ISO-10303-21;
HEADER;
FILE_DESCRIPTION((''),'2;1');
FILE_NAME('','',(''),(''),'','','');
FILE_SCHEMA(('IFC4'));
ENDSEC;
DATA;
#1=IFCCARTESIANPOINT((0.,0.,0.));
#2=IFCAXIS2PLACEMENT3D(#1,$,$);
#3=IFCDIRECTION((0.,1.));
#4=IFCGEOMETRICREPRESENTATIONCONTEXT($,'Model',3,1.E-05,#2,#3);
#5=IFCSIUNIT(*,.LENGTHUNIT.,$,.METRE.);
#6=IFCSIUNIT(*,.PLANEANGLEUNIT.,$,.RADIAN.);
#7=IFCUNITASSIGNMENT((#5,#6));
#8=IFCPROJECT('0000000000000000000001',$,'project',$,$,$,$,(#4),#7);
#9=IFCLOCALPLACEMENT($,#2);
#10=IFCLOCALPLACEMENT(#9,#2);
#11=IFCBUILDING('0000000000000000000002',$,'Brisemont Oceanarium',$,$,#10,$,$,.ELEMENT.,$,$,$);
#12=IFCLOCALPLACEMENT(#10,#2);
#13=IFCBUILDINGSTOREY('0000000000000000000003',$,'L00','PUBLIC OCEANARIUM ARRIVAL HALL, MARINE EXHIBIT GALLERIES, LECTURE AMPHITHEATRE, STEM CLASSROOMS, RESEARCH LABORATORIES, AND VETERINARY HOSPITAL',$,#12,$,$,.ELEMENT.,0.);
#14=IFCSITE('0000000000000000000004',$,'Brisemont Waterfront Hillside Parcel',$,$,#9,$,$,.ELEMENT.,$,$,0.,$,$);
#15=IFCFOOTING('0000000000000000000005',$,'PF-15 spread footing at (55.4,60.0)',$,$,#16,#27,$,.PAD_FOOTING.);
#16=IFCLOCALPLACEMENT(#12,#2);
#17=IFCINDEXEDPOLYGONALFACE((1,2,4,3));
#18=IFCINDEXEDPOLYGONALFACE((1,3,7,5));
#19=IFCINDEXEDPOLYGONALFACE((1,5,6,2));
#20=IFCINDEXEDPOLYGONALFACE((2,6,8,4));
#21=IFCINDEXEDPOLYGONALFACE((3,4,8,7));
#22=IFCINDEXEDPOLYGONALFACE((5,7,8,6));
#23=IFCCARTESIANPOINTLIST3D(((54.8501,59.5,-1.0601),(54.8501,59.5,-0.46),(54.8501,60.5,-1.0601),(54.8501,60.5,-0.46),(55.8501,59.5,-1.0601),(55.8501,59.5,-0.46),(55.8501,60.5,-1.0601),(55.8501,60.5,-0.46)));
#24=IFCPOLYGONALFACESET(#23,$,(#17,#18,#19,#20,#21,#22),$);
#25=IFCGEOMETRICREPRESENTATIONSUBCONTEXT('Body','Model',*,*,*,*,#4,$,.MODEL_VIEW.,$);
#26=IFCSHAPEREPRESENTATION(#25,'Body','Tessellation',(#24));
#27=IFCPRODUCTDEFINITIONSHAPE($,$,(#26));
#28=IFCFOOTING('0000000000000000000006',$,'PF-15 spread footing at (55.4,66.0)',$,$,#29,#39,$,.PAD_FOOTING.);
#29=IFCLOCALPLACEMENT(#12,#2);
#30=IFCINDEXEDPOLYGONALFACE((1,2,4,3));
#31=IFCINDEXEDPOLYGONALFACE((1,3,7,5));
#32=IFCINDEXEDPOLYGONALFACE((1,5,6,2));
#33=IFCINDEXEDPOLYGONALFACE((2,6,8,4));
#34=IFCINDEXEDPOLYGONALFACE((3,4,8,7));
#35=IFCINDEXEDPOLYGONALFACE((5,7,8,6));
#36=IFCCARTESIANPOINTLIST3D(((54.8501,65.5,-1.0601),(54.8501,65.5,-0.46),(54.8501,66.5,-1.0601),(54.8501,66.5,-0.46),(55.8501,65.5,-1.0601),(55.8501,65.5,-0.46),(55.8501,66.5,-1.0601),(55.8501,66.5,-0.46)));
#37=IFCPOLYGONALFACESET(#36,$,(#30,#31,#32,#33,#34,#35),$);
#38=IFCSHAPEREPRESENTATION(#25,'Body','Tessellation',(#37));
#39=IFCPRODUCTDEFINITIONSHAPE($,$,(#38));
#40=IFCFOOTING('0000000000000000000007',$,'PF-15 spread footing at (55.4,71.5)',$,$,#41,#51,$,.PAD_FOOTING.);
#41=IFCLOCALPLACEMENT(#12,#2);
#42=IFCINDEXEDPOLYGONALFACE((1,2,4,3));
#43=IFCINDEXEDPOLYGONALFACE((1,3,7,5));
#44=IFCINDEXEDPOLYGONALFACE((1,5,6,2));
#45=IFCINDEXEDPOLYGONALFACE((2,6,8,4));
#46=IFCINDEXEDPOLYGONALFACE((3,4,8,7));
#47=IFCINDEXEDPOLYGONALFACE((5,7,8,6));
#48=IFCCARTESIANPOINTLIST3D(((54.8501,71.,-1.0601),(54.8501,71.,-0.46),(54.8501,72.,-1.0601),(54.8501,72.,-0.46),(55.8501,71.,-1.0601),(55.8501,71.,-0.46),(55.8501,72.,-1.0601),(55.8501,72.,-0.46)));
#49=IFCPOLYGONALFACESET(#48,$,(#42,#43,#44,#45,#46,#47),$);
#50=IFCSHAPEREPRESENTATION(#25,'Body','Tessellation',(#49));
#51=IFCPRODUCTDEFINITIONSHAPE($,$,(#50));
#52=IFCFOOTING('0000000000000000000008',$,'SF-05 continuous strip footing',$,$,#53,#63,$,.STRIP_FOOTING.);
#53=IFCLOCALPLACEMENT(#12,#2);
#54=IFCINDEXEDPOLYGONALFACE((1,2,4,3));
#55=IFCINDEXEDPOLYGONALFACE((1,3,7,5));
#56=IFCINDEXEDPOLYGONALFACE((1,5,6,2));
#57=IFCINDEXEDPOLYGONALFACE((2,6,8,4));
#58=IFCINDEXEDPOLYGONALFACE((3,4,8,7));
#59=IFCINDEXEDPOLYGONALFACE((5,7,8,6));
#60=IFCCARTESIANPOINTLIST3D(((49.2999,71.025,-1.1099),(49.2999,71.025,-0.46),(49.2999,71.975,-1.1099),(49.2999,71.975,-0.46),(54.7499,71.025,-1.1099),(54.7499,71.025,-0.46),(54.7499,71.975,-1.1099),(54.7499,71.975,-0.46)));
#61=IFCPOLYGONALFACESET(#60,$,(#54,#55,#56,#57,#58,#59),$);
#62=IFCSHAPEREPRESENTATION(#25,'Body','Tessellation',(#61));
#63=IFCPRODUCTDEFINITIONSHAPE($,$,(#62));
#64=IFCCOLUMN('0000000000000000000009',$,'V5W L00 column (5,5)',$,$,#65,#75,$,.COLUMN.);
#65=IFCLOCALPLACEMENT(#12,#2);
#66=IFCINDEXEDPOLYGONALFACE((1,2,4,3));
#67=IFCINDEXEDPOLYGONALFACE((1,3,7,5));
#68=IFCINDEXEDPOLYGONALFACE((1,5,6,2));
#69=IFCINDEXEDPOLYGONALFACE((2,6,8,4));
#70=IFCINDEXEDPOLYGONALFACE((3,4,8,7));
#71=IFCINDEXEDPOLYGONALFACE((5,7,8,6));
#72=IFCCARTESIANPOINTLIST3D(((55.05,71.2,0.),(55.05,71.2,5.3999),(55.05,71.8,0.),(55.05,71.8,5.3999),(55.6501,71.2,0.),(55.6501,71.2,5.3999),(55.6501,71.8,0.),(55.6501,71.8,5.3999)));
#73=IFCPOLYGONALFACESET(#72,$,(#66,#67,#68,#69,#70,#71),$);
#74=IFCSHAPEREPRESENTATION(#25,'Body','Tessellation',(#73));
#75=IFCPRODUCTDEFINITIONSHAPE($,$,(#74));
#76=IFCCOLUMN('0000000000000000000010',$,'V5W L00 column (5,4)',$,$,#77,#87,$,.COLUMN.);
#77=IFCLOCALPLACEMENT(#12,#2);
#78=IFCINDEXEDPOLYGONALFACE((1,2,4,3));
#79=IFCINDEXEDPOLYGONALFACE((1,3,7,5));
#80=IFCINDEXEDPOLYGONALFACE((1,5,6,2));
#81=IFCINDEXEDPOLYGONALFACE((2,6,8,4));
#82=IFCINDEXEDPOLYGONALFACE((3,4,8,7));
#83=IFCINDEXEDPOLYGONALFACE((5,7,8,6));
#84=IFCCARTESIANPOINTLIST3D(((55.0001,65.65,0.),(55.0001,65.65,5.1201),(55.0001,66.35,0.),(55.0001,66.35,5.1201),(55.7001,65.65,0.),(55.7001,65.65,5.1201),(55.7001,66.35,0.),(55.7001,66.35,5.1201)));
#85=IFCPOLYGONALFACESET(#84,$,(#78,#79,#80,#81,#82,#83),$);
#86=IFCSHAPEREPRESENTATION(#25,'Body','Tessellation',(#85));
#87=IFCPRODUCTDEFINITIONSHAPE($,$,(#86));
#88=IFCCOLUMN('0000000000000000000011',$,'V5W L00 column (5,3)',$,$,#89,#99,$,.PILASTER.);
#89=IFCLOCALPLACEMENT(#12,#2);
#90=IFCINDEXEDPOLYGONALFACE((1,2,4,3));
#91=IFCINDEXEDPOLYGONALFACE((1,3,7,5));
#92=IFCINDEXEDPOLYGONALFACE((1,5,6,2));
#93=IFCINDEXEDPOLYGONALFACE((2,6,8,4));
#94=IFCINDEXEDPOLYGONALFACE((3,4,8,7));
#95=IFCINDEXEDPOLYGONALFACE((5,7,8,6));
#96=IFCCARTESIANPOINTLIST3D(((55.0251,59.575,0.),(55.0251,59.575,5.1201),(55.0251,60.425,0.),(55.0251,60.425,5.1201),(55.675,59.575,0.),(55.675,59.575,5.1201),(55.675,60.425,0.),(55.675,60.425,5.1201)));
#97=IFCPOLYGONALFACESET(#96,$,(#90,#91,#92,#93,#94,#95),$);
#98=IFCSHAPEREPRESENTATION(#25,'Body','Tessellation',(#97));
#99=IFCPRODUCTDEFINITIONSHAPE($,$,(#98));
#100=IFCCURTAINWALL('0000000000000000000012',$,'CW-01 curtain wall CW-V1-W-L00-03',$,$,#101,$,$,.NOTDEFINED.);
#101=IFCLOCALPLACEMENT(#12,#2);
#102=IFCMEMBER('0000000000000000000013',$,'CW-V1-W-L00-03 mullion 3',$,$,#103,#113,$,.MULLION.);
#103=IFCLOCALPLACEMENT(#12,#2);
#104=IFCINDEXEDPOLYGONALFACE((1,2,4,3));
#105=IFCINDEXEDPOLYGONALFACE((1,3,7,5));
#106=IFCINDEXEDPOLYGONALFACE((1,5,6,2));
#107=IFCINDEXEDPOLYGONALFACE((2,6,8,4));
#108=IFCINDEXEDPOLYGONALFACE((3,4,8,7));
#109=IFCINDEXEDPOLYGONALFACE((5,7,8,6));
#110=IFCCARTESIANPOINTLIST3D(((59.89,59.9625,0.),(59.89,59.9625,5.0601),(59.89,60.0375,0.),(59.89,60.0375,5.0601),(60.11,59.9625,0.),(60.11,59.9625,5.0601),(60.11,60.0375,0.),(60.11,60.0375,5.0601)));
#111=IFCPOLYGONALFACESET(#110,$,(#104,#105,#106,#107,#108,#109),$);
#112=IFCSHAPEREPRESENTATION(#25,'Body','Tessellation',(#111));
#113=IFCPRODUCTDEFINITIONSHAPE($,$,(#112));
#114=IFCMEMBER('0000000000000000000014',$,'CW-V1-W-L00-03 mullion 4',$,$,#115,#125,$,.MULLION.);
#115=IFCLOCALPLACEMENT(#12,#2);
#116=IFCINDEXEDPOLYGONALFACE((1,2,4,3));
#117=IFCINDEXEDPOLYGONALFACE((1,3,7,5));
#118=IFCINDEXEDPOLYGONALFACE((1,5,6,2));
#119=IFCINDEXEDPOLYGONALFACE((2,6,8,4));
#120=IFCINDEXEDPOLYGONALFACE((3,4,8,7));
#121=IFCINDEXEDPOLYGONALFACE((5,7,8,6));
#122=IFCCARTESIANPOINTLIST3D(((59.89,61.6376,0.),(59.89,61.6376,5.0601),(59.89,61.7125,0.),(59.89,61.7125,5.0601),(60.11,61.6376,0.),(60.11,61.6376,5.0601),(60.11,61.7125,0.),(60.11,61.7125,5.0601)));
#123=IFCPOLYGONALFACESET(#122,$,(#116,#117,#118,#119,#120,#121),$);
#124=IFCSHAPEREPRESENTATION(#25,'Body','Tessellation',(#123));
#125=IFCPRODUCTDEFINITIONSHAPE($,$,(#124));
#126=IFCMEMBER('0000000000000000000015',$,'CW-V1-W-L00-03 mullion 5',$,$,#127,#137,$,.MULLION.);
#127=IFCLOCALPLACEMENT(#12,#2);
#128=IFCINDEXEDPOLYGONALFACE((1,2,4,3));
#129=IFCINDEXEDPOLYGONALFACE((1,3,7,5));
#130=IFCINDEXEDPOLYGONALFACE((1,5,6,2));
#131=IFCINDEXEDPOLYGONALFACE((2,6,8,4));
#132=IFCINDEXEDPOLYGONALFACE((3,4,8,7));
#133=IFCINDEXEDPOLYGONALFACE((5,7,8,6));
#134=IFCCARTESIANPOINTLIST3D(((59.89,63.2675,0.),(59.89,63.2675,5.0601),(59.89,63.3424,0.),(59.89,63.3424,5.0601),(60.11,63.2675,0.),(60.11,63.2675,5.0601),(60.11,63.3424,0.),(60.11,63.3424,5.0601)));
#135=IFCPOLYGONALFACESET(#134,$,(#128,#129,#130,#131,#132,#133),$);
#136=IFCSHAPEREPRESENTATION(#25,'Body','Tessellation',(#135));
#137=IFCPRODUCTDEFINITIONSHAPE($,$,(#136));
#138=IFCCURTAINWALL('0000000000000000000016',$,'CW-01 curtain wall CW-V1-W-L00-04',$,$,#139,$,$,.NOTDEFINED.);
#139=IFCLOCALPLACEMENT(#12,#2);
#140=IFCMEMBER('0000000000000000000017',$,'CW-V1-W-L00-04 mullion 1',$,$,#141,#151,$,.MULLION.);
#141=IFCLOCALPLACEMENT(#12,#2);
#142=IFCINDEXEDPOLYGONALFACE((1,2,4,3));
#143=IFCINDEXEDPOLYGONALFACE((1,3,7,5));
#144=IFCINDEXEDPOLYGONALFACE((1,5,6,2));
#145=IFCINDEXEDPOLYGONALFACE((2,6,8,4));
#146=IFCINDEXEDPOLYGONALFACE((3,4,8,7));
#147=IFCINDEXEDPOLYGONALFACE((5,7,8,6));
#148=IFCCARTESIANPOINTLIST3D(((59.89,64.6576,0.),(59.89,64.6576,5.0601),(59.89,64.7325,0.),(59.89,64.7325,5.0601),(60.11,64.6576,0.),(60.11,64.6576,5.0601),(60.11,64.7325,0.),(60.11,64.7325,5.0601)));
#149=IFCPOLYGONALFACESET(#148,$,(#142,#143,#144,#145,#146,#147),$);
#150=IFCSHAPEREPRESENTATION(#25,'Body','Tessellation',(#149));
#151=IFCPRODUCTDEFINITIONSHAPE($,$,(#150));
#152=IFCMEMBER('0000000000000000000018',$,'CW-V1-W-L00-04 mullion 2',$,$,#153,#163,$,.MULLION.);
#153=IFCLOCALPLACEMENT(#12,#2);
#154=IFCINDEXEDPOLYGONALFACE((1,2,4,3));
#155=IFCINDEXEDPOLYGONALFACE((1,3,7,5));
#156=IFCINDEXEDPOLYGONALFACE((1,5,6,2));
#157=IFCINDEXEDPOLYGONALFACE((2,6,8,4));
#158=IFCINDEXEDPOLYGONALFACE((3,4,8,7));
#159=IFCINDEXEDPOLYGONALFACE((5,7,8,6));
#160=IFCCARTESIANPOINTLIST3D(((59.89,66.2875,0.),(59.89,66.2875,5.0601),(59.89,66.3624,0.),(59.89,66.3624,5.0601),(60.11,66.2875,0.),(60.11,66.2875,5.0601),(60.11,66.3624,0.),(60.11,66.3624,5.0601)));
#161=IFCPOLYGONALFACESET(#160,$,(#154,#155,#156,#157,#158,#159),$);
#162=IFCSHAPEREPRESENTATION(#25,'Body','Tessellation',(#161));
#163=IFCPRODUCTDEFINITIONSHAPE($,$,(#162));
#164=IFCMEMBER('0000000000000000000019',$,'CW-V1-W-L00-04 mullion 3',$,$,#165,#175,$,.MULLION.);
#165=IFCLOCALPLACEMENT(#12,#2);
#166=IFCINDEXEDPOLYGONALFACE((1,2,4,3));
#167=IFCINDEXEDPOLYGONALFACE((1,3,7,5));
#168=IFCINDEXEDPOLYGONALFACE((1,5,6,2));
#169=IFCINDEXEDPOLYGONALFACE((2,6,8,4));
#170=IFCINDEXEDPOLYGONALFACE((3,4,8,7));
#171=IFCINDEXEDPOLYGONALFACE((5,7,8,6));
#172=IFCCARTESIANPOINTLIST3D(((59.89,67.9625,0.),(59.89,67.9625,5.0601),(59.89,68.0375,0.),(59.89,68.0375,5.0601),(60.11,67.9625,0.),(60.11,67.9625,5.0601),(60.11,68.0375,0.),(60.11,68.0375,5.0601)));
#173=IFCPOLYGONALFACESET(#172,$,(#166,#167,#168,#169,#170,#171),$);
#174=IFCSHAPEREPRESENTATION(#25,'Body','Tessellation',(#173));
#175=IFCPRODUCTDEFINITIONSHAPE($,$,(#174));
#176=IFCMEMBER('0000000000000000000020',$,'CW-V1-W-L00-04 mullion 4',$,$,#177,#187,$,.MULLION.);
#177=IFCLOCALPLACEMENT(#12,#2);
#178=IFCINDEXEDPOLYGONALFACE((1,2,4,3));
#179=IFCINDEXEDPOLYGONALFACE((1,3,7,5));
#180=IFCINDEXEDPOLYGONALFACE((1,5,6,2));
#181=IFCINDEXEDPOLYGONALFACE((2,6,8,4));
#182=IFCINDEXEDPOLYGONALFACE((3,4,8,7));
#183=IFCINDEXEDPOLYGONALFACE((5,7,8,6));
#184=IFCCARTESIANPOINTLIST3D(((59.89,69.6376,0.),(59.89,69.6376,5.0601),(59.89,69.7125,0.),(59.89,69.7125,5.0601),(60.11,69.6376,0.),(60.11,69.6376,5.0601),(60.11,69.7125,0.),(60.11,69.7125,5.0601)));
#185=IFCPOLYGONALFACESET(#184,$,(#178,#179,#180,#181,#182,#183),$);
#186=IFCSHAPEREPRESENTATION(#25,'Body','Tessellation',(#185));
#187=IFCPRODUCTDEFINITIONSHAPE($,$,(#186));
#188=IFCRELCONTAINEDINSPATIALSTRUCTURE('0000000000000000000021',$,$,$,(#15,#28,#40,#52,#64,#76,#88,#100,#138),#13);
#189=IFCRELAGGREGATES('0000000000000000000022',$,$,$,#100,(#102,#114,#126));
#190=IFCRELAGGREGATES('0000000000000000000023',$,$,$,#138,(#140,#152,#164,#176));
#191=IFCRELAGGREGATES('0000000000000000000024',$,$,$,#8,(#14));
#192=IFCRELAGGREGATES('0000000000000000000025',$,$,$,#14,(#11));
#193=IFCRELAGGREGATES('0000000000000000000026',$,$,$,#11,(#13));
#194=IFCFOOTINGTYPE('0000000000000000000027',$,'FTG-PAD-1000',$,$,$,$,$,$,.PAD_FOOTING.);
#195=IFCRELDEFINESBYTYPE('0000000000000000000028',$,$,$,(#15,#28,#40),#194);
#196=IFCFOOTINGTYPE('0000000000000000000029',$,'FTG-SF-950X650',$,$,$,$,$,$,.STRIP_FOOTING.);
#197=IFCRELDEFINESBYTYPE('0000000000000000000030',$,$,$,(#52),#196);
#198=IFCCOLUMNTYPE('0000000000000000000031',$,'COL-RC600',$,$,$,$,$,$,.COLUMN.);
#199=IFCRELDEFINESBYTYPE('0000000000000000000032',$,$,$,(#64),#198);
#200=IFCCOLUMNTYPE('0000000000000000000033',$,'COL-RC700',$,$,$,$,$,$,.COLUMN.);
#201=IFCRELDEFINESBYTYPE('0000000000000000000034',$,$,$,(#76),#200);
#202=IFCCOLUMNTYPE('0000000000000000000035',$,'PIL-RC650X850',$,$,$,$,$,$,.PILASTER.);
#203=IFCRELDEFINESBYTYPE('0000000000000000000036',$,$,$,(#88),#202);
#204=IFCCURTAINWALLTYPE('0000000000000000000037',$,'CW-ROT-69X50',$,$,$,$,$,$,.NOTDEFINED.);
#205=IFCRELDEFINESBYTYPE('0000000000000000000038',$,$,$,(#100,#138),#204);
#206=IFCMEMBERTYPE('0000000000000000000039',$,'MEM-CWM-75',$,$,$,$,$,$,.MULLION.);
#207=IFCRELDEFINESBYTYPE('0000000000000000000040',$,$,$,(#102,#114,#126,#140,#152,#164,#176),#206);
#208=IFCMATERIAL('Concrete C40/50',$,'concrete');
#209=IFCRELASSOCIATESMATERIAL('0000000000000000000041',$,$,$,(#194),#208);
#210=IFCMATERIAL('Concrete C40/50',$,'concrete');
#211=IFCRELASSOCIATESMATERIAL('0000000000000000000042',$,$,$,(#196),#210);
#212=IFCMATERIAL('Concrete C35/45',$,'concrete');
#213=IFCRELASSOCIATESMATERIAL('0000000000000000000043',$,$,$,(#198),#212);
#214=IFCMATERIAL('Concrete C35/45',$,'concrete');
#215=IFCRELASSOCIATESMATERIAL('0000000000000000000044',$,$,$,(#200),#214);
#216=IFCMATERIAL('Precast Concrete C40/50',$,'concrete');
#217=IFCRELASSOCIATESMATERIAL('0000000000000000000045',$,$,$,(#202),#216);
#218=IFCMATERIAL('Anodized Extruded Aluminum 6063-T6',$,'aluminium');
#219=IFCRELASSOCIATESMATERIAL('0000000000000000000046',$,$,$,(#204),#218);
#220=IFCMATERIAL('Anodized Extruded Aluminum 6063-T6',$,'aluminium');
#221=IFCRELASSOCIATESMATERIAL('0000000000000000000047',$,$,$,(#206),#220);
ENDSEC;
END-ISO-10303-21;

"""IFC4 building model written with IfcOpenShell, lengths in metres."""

from ifc_helpers import new_model, si_unit, direction, frame, origin, origin_2d, place, context, subcontext, project, spatial, rectangle, extrude, material, material_profile, profile_set, type_object, element, aggregate, save


model = new_model("IFC4")

# Units and contexts
model_context = context("Model", 3, precision=1e-05, world=origin(), true_north=direction((0.0, 1.0)))
body_context = subcontext(model_context, "Body", "Model", "MODEL_VIEW")
ifc_project = project(units=[si_unit("LENGTHUNIT", "METRE"), si_unit("PLANEANGLEUNIT", "RADIAN")], contexts=[model_context])

# Site, building, storey
site_placement = place(None, origin())
site = spatial("IfcSite", under=ifc_project, at=site_placement, Name="Brisemont Waterfront Hillside Parcel", CompositionType="ELEMENT", RefElevation=0.0)
building_placement = place(site_placement, origin())
building = spatial("IfcBuilding", under=site, at=building_placement, Name="Brisemont Oceanarium", CompositionType="ELEMENT")
storey_placement = place(building_placement, origin())
storey = spatial("IfcBuildingStorey", under=building, at=storey_placement, Name="L00", Description="PUBLIC OCEANARIUM ARRIVAL HALL, MARINE EXHIBIT GALLERIES, LECTURE AMPHITHEATRE, STEM CLASSROOMS, RESEARCH LABORATORIES, AND VETERINARY HOSPITAL", CompositionType="ELEMENT", Elevation=0.0)

# Footings
ifc_material_1 = material(Name="Concrete C40/50", Category="concrete")
footing_type_1 = type_object("IfcFootingType", Name="FTG-PAD-1000", PredefinedType="PAD_FOOTING", material=ifc_material_1)
for number, where, z_axis, x_axis, name in (
    (1, (55.3501, 60.0, -1.0601), (0.0, 0.0, 1.0), (1.0, 0.0, 0.0), "PF-15 spread footing at (55.4,60.0)"),
    (2, (55.3501, 66.0, -1.0601), (0.0, 0.0, 1.0), (1.0, 0.0, 0.0), "PF-15 spread footing at (55.4,66.0)"),
    (3, (55.3501, 71.5, -1.0601), (0.0, 0.0, 1.0), (1.0, 0.0, 0.0), "PF-15 spread footing at (55.4,71.5)"),
):
    element("IfcFooting", number, at=place(storey_placement, frame(where, z_axis=z_axis, x_axis=x_axis)), inside=storey, type_object=footing_type_1, Name=name, PredefinedType="PAD_FOOTING", context=body_context, shape_type="SweptSolid", body=[
        extrude(rectangle(XDim=1.0, YDim=1.0, at=origin_2d()), origin(), (0.0, 0.0, 1.0), 0.6001),
    ])
ifc_material_2 = material(Name="Concrete C40/50", Category="concrete")
footing_type_2 = type_object("IfcFootingType", Name="FTG-SF-950X650", PredefinedType="STRIP_FOOTING", material=ifc_material_2)
footing_placement = place(storey_placement, frame((52.0249, 71.5, -1.1099), z_axis=(0.0, 0.0, 1.0), x_axis=(1.0, 0.0, 0.0)))
element("IfcFooting", 4, at=footing_placement, inside=storey, type_object=footing_type_2, Name="SF-05 continuous strip footing", PredefinedType="STRIP_FOOTING", context=body_context, shape_type="SweptSolid", body=[
    extrude(rectangle(XDim=5.45, YDim=0.95, at=origin_2d()), origin(), (0.0, 0.0, 1.0), 0.6499),
])

# Columns
ifc_material_3 = material(Name="Concrete C35/45", Category="concrete")
ifc_material_profile_1 = material_profile(ifc_material_3, rectangle(XDim=0.6001, YDim=0.6001, at=origin_2d()), Name="RC-COL-600X600")
ifc_profile_set_1 = profile_set([ifc_material_profile_1], Name="Concrete C35/45")
column_type_1 = type_object("IfcColumnType", Name="COL-RC600", PredefinedType="COLUMN", material=ifc_profile_set_1)
column_1_placement = place(storey_placement, frame((55.3501, 71.5, 0.0), z_axis=(0.0, 0.0, 1.0), x_axis=(1.0, 0.0, 0.0)))
element("IfcColumn", 5, at=column_1_placement, inside=storey, type_object=column_type_1, Name="V5W L00 column (5,5)", PredefinedType="COLUMN", context=body_context, shape_type="SweptSolid", body=[
    extrude(rectangle(XDim=0.6001, YDim=0.6001, at=origin_2d()), origin(), (0.0, 0.0, 1.0), 5.3999),
])
ifc_material_4 = material(Name="Concrete C35/45", Category="concrete")
ifc_material_profile_2 = material_profile(ifc_material_4, rectangle(XDim=0.7, YDim=0.7, at=origin_2d()), Name="RC-COL-700X700")
ifc_profile_set_2 = profile_set([ifc_material_profile_2], Name="Concrete C35/45")
column_type_2 = type_object("IfcColumnType", Name="COL-RC700", PredefinedType="COLUMN", material=ifc_profile_set_2)
column_2_placement = place(storey_placement, frame((55.3501, 66.0, 0.0), z_axis=(0.0, 0.0, 1.0), x_axis=(0.0, 1.0, 0.0)))
element("IfcColumn", 6, at=column_2_placement, inside=storey, type_object=column_type_2, Name="V5W L00 column (5,4)", PredefinedType="COLUMN", context=body_context, shape_type="SweptSolid", body=[
    extrude(rectangle(XDim=0.7, YDim=0.7, at=origin_2d()), origin(), (0.0, 0.0, 1.0), 5.1201),
])
ifc_material_5 = material(Name="Precast Concrete C40/50", Category="concrete")
ifc_material_profile_3 = material_profile(ifc_material_5, rectangle(XDim=0.6499, YDim=0.8501, at=origin_2d()), Name="RC-PIL-650X850")
ifc_profile_set_3 = profile_set([ifc_material_profile_3], Name="Precast Concrete C40/50")
column_type_3 = type_object("IfcColumnType", Name="PIL-RC650X850", PredefinedType="PILASTER", material=ifc_profile_set_3)
column_3_placement = place(storey_placement, frame((55.3501, 60.0, 0.0), z_axis=(0.0, 0.0, 1.0), x_axis=(1.0, 0.0, 0.0)))
element("IfcColumn", 7, at=column_3_placement, inside=storey, type_object=column_type_3, Name="V5W L00 column (5,3)", PredefinedType="PILASTER", context=body_context, shape_type="SweptSolid", body=[
    extrude(rectangle(XDim=0.6499, YDim=0.8501, at=origin_2d()), origin(), (0.0, 0.0, 1.0), 5.1201),
])

# Curtain walls, members
ifc_material_6 = material(Name="Anodized Extruded Aluminum 6063-T6", Category="aluminium")
curtain_wall_type = type_object("IfcCurtainWallType", Name="CW-ROT-69X50", PredefinedType="NOTDEFINED", material=ifc_material_6)
curtain_wall_1_placement = place(storey_placement, origin())
curtain_wall_1 = element("IfcCurtainWall", 8, at=curtain_wall_1_placement, inside=storey, type_object=curtain_wall_type, Name="CW-01 curtain wall CW-V1-W-L00-03", PredefinedType="NOTDEFINED")
ifc_material_7 = material(Name="Anodized Extruded Aluminum 6063-T6", Category="aluminium")
ifc_material_profile_4 = material_profile(ifc_material_7, rectangle(XDim=0.075, YDim=0.22, at=origin_2d()), Name="CWM-75X220")
ifc_profile_set_4 = profile_set([ifc_material_profile_4], Name="Anodized Extruded Aluminum 6063-T6")
member_type_1 = type_object("IfcMemberType", Name="MEM-CWM-75", PredefinedType="MULLION", material=ifc_profile_set_4)
member_1_placement = place(storey_placement, frame((60.0, 60.0, 0.0), z_axis=(0.0, 0.0, 1.0), x_axis=(0.0, 1.0, 0.0)))
member_1 = element("IfcMember", 9, at=member_1_placement, type_object=member_type_1, Name="CW-V1-W-L00-03 mullion 3", PredefinedType="MULLION", context=body_context, shape_type="SweptSolid", body=[
    extrude(rectangle(XDim=0.075, YDim=0.22, at=origin_2d()), origin(), (0.0, 0.0, 1.0), 5.0601),
])
member_2_placement = place(storey_placement, frame((60.0, 61.675, 0.0), z_axis=(0.0, 0.0, 1.0), x_axis=(0.0, 1.0, 0.0)))
member_2 = element("IfcMember", 10, at=member_2_placement, type_object=member_type_1, Name="CW-V1-W-L00-03 mullion 4", PredefinedType="MULLION", context=body_context, shape_type="SweptSolid", body=[
    extrude(rectangle(XDim=0.075, YDim=0.22, at=origin_2d()), origin(), (0.0, 0.0, 1.0), 5.0601),
])
member_3_placement = place(storey_placement, frame((60.0, 63.3049, 0.0), z_axis=(0.0, 0.0, 1.0), x_axis=(0.0, 1.0, 0.0)))
member_3 = element("IfcMember", 11, at=member_3_placement, type_object=member_type_1, Name="CW-V1-W-L00-03 mullion 5", PredefinedType="MULLION", context=body_context, shape_type="SweptSolid", body=[
    extrude(rectangle(XDim=0.075, YDim=0.22, at=origin_2d()), origin(), (0.0, 0.0, 1.0), 5.0601),
])
curtain_wall_2_placement = place(storey_placement, origin())
curtain_wall_2 = element("IfcCurtainWall", 12, at=curtain_wall_2_placement, inside=storey, type_object=curtain_wall_type, Name="CW-01 curtain wall CW-V1-W-L00-04", PredefinedType="NOTDEFINED")
member_4_placement = place(storey_placement, frame((60.0, 64.6951, 0.0), z_axis=(0.0, 0.0, 1.0), x_axis=(0.0, 1.0, 0.0)))
member_4 = element("IfcMember", 13, at=member_4_placement, type_object=member_type_1, Name="CW-V1-W-L00-04 mullion 1", PredefinedType="MULLION", context=body_context, shape_type="SweptSolid", body=[
    extrude(rectangle(XDim=0.075, YDim=0.22, at=origin_2d()), origin(), (0.0, 0.0, 1.0), 5.0601),
])
member_5_placement = place(storey_placement, frame((60.0, 66.325, 0.0), z_axis=(0.0, 0.0, 1.0), x_axis=(0.0, 1.0, 0.0)))
member_5 = element("IfcMember", 14, at=member_5_placement, type_object=member_type_1, Name="CW-V1-W-L00-04 mullion 2", PredefinedType="MULLION", context=body_context, shape_type="SweptSolid", body=[
    extrude(rectangle(XDim=0.075, YDim=0.22, at=origin_2d()), origin(), (0.0, 0.0, 1.0), 5.0601),
])
member_6_placement = place(storey_placement, frame((60.0, 68.0, 0.0), z_axis=(0.0, 0.0, 1.0), x_axis=(0.0, 1.0, 0.0)))
member_6 = element("IfcMember", 15, at=member_6_placement, type_object=member_type_1, Name="CW-V1-W-L00-04 mullion 3", PredefinedType="MULLION", context=body_context, shape_type="SweptSolid", body=[
    extrude(rectangle(XDim=0.075, YDim=0.22, at=origin_2d()), origin(), (0.0, 0.0, 1.0), 5.0601),
])
member_7_placement = place(storey_placement, frame((60.0, 69.675, 0.0), z_axis=(0.0, 0.0, 1.0), x_axis=(0.0, 1.0, 0.0)))
member_7 = element("IfcMember", 16, at=member_7_placement, type_object=member_type_1, Name="CW-V1-W-L00-04 mullion 4", PredefinedType="MULLION", context=body_context, shape_type="SweptSolid", body=[
    extrude(rectangle(XDim=0.075, YDim=0.22, at=origin_2d()), origin(), (0.0, 0.0, 1.0), 5.0601),
])

aggregate(curtain_wall_1, [member_1, member_2, member_3])
aggregate(curtain_wall_2, [member_4, member_5, member_6, member_7])

save(model, "model.ifc")
